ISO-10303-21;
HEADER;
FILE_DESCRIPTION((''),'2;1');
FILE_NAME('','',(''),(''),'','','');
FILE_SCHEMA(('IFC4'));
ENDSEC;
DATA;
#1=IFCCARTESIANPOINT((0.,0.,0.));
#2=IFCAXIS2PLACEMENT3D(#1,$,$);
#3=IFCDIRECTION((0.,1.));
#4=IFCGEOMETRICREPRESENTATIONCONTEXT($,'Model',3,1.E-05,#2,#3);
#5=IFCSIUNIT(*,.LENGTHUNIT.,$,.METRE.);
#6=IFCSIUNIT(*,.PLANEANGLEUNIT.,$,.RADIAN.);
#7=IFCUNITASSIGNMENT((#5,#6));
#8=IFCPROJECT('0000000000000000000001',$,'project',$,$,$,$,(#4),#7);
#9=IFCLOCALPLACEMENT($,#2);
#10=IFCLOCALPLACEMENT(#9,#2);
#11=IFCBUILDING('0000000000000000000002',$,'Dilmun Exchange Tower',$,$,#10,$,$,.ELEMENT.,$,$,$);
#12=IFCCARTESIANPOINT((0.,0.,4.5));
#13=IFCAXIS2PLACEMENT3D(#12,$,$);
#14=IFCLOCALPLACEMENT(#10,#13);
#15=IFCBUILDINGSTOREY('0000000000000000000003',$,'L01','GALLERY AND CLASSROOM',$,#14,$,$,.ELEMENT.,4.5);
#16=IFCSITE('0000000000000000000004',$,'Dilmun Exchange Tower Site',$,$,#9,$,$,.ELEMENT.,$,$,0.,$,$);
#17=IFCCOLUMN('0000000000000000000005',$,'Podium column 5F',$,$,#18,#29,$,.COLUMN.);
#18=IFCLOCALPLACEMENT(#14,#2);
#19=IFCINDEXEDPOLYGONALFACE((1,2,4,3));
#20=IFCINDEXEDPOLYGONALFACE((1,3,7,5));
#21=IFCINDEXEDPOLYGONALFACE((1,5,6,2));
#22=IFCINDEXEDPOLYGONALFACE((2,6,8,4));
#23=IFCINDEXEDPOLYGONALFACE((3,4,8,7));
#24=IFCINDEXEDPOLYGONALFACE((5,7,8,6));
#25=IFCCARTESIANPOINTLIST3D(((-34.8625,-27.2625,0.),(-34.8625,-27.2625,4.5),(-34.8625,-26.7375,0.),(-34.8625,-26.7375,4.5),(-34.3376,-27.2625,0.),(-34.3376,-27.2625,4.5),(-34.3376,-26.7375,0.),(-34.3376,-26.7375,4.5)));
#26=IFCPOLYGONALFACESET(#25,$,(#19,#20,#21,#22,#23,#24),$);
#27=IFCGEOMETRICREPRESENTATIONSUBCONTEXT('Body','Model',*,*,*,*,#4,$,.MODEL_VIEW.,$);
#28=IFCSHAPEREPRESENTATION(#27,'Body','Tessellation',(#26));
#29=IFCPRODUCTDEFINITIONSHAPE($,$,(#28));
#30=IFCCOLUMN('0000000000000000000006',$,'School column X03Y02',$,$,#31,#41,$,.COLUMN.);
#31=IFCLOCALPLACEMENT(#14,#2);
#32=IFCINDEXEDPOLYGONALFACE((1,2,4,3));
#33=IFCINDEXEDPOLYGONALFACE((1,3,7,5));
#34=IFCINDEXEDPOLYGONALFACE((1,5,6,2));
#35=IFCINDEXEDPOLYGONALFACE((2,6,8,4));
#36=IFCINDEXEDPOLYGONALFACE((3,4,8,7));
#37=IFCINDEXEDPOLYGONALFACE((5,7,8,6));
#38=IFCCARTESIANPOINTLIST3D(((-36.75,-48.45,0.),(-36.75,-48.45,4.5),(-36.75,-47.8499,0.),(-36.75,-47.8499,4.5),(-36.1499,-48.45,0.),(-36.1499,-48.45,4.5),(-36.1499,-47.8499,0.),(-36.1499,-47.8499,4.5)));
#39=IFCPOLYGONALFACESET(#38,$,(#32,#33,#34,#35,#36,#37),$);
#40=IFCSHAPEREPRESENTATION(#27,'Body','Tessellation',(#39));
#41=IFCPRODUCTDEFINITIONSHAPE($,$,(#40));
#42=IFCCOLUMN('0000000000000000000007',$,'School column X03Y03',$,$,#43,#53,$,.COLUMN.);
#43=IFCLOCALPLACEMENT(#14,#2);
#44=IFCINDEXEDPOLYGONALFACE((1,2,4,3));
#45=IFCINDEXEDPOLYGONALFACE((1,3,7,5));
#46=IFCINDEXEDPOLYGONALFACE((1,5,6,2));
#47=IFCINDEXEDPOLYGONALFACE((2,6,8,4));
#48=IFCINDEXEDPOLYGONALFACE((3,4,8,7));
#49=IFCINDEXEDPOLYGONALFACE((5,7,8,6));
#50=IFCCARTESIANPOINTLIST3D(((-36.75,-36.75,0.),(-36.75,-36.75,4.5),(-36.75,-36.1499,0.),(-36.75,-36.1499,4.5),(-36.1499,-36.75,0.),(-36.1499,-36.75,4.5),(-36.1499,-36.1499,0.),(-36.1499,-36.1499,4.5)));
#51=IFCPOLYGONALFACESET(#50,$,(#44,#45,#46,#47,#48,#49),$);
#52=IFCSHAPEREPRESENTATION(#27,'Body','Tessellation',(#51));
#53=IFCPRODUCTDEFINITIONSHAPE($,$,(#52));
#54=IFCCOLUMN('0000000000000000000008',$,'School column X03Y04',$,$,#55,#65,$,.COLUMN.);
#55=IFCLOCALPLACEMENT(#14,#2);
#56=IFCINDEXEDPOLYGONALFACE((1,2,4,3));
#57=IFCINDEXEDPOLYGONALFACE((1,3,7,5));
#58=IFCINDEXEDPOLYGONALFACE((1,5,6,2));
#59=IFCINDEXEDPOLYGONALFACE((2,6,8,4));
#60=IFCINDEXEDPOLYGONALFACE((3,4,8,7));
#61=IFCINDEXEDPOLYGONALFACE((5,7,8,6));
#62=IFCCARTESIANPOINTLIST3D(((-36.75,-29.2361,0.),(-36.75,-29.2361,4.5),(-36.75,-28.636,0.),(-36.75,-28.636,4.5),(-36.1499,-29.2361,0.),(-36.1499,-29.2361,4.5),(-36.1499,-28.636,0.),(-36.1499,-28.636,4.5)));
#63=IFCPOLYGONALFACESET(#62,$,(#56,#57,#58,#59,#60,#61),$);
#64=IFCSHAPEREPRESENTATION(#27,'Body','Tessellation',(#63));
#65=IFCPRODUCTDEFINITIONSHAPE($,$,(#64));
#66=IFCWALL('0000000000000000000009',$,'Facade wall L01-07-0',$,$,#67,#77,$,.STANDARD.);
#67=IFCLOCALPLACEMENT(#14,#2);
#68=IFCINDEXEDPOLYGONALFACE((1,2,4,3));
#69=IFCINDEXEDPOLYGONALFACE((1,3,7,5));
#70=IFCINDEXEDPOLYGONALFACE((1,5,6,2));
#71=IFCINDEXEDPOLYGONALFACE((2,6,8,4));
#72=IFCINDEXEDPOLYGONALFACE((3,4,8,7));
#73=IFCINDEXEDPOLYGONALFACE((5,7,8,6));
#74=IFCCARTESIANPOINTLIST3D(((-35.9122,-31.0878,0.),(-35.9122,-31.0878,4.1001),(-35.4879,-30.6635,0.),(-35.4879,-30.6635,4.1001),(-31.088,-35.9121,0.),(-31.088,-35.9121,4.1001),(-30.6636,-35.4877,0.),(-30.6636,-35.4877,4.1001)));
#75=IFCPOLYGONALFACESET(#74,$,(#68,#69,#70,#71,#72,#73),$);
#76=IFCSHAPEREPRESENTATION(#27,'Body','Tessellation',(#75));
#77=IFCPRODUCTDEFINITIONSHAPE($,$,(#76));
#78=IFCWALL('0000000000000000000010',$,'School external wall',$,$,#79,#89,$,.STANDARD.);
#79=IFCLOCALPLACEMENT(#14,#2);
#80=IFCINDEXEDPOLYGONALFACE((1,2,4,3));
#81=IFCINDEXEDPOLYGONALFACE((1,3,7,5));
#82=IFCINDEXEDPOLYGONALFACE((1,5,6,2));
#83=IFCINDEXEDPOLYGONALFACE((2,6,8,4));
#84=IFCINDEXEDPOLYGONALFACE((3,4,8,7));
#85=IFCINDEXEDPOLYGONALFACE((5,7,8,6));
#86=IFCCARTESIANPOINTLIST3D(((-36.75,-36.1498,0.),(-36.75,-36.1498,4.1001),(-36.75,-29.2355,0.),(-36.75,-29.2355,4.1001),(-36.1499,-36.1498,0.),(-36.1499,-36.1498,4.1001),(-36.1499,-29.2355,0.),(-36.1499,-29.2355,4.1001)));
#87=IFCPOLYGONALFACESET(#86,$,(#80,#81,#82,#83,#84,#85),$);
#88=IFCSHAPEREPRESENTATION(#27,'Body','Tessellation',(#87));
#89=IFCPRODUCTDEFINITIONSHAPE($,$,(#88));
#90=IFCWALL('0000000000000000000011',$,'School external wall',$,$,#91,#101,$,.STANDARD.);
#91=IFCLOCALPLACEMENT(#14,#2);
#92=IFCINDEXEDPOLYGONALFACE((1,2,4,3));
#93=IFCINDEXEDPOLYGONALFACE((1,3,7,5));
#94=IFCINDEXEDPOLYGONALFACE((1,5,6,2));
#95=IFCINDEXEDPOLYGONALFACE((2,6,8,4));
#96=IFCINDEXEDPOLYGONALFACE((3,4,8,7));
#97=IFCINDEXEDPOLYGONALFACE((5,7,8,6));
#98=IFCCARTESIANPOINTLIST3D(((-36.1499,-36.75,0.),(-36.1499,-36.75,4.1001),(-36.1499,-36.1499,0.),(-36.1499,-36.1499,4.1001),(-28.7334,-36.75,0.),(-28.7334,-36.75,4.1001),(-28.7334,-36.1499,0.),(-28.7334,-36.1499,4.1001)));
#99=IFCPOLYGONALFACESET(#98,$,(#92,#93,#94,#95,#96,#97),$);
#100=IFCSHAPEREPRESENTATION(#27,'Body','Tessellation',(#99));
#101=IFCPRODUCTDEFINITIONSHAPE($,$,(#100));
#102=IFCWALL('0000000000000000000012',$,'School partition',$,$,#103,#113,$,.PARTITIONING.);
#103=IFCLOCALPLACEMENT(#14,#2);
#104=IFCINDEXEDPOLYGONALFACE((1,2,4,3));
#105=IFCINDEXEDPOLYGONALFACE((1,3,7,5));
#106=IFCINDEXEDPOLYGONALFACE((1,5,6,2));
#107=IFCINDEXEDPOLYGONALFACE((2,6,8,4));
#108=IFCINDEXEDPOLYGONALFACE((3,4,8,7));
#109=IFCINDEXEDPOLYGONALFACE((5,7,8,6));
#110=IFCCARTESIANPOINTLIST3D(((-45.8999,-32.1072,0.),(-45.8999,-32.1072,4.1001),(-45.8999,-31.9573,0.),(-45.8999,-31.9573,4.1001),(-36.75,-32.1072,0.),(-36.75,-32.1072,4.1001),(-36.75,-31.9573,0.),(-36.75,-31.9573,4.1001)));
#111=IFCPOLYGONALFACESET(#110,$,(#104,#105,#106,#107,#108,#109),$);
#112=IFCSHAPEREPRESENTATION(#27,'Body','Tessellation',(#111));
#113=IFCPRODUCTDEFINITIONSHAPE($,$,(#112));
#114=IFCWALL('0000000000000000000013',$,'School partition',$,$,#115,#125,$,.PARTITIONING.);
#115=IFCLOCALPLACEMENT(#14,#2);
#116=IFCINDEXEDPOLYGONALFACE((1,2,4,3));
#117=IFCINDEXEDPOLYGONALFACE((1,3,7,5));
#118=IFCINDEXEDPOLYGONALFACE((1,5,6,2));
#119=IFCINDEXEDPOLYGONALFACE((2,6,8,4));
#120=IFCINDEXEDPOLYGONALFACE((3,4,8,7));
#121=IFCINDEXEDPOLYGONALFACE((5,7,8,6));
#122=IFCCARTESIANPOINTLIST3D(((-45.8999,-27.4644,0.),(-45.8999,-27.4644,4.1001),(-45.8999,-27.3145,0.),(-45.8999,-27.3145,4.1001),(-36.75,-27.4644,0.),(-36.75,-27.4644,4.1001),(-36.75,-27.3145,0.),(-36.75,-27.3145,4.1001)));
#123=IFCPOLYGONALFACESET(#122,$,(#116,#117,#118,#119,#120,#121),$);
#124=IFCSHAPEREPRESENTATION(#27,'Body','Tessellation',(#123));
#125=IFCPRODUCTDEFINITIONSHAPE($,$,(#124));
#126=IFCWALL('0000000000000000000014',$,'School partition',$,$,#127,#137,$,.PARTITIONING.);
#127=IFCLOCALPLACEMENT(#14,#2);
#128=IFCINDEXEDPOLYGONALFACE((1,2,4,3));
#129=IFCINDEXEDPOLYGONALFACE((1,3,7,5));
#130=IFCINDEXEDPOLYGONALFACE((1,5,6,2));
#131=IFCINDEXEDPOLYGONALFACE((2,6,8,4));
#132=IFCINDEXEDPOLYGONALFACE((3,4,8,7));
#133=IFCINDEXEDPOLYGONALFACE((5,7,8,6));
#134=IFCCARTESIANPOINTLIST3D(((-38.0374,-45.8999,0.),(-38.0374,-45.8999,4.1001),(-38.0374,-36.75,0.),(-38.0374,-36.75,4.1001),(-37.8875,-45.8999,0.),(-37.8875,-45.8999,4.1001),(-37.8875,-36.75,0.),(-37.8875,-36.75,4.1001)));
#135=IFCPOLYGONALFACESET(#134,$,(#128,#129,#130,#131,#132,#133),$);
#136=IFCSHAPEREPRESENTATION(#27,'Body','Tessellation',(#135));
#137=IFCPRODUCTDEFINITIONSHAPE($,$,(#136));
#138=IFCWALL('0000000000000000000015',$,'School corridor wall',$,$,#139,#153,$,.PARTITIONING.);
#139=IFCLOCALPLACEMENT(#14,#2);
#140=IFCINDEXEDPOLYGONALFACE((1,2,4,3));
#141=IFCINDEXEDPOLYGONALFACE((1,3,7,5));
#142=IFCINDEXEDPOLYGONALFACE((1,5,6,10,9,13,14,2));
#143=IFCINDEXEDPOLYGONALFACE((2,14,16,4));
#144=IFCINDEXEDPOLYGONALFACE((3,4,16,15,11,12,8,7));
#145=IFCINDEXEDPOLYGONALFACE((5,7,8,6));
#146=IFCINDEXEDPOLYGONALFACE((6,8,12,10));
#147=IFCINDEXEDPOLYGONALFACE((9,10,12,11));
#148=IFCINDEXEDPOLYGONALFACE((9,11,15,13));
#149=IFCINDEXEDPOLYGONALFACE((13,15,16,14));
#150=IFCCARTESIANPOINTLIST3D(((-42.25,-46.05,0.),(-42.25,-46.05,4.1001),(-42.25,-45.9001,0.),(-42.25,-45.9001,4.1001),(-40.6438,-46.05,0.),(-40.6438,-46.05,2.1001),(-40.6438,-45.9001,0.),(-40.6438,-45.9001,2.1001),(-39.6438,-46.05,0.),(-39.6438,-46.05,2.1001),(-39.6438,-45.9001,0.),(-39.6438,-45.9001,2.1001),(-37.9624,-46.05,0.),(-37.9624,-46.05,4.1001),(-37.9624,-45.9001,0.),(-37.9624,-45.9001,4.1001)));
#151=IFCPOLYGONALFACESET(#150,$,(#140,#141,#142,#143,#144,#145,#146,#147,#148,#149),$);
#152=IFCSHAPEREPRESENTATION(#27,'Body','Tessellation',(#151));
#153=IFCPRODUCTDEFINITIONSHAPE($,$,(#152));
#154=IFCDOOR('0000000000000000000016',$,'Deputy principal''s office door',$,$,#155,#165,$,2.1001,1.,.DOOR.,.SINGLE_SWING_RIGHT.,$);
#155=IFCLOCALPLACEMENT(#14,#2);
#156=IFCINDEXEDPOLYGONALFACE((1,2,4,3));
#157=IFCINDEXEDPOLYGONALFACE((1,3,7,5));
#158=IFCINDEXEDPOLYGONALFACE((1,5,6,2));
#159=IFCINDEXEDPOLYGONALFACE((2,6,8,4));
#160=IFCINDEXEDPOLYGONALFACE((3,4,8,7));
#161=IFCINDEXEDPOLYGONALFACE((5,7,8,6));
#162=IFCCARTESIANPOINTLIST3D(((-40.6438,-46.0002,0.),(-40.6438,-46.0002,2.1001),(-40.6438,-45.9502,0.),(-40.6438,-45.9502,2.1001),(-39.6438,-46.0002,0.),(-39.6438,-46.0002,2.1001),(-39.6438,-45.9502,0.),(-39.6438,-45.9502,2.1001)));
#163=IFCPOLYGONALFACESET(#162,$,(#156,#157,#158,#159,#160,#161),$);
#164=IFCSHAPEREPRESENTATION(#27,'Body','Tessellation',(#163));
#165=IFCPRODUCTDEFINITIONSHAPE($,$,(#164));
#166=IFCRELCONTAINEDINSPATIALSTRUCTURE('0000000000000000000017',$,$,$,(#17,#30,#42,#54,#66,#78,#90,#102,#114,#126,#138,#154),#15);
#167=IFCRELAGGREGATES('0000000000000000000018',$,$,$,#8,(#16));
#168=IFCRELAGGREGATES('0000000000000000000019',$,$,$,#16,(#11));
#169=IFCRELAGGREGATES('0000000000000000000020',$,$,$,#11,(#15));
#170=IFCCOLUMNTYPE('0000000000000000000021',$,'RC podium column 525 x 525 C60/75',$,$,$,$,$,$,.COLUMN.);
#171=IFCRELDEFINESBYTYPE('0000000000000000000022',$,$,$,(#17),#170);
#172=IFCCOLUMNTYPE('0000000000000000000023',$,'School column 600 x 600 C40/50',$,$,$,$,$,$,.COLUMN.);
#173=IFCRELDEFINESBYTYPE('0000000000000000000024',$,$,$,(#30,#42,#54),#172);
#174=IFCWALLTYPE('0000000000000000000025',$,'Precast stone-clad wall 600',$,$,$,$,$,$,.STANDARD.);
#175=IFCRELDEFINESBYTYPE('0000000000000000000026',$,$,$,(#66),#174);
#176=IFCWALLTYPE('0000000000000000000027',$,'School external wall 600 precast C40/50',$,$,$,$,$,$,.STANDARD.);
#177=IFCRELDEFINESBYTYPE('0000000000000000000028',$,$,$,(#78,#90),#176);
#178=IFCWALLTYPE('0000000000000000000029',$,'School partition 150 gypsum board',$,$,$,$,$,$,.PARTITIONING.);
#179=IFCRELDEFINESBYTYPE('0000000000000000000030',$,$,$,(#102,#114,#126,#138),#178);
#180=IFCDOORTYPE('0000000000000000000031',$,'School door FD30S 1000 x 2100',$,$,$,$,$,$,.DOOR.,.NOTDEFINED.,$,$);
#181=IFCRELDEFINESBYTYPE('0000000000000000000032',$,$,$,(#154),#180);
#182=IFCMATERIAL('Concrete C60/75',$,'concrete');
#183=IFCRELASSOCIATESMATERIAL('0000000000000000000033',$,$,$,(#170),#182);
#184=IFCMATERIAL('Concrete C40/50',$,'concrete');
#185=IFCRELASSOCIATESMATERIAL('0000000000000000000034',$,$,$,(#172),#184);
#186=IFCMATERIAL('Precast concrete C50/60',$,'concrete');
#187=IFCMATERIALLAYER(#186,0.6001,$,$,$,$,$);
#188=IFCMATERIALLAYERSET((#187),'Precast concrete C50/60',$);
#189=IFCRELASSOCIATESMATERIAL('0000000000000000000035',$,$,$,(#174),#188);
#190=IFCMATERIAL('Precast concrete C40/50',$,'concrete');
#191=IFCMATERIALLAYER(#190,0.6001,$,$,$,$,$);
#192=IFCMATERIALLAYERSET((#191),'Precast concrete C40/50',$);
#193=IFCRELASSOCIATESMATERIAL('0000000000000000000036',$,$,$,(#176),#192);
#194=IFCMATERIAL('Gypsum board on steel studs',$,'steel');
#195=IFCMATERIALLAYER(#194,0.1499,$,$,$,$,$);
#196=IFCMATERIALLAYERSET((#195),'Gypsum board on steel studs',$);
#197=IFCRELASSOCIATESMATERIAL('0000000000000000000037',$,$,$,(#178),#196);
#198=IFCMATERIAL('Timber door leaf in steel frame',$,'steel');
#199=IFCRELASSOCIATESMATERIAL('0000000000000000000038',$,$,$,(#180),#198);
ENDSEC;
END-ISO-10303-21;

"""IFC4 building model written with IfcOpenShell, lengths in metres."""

from ifc_helpers import new_model, si_unit, direction, frame, frame_2d, origin, origin_2d, place, context, subcontext, project, spatial, rectangle, extrude, material, layer, layer_set, material_profile, profile_set, type_object, element, fill, save


model = new_model("IFC4")

# Units and contexts
model_context = context("Model", 3, precision=1e-05, world=origin(), true_north=direction((0.0, 1.0)))
body_context = subcontext(model_context, "Body", "Model", "MODEL_VIEW")
ifc_project = project(units=[si_unit("LENGTHUNIT", "METRE"), si_unit("PLANEANGLEUNIT", "RADIAN")], contexts=[model_context])

# Site, building, storey
site_placement = place(None, origin())
site = spatial("IfcSite", under=ifc_project, at=site_placement, Name="Dilmun Exchange Tower Site", CompositionType="ELEMENT", RefElevation=0.0)
building_placement = place(site_placement, origin())
building = spatial("IfcBuilding", under=site, at=building_placement, Name="Dilmun Exchange Tower", CompositionType="ELEMENT")
storey_placement = place(building_placement, frame((0.0, 0.0, 4.5)))
storey = spatial("IfcBuildingStorey", under=building, at=storey_placement, Name="L01", Description="GALLERY AND CLASSROOM", CompositionType="ELEMENT", Elevation=4.5)

# Columns
ifc_material_1 = material(Name="Concrete C60/75", Category="concrete")
ifc_material_profile_1 = material_profile(ifc_material_1, rectangle(XDim=0.5249, YDim=0.5249, at=origin_2d()), Name="525 x 525")
ifc_profile_set_1 = profile_set([ifc_material_profile_1], Name="Concrete C60/75")
column_type_1 = type_object("IfcColumnType", Name="RC podium column 525 x 525 C60/75", PredefinedType="COLUMN", material=ifc_profile_set_1)
column_placement = place(storey_placement, frame((-34.6001, -27.0, 0.0), z_axis=(0.0, 0.0, 1.0), x_axis=(1.0, 0.0, 0.0)))
element("IfcColumn", 1, at=column_placement, inside=storey, type_object=column_type_1, Name="Podium column 5F", PredefinedType="COLUMN", context=body_context, shape_type="SweptSolid", body=[
    extrude(rectangle(XDim=0.5249, YDim=0.5249, at=origin_2d()), origin(), (0.0, 0.0, 1.0), 4.5),
])
ifc_material_2 = material(Name="Concrete C40/50", Category="concrete")
ifc_material_profile_2 = material_profile(ifc_material_2, rectangle(XDim=0.6001, YDim=0.6001, at=origin_2d()), Name="600 x 600")
ifc_profile_set_2 = profile_set([ifc_material_profile_2], Name="Concrete C40/50")
column_type_2 = type_object("IfcColumnType", Name="School column 600 x 600 C40/50", PredefinedType="COLUMN", material=ifc_profile_set_2)
for number, where, z_axis, x_axis, name in (
    (2, (-36.45, -48.1499, 0.0), (0.0, 0.0, 1.0), (1.0, 0.0, 0.0), "School column X03Y02"),
    (3, (-36.45, -36.45, 0.0), (0.0, 0.0, 1.0), (1.0, 0.0, 0.0), "School column X03Y03"),
    (4, (-36.45, -28.936, 0.0), (0.0, 0.0, 1.0), (1.0, 0.0, 0.0), "School column X03Y04"),
):
    element("IfcColumn", number, at=place(storey_placement, frame(where, z_axis=z_axis, x_axis=x_axis)), inside=storey, type_object=column_type_2, Name=name, PredefinedType="COLUMN", context=body_context, shape_type="SweptSolid", body=[
        extrude(rectangle(XDim=0.6001, YDim=0.6001, at=origin_2d()), origin(), (0.0, 0.0, 1.0), 4.5),
    ])

# Walls
ifc_material_3 = material(Name="Precast concrete C50/60", Category="concrete")
ifc_layer_1 = layer(ifc_material_3, 0.6001)
ifc_layer_set_1 = layer_set([ifc_layer_1], Name="Precast concrete C50/60")
wall_type_1 = type_object("IfcWallType", Name="Precast stone-clad wall 600", PredefinedType="STANDARD", material=ifc_layer_set_1)
wall_1_placement = place(storey_placement, frame((-35.7, -30.8757, 0.0), z_axis=(0.0, 0.0, 1.0), x_axis=(0.707107, -0.707107, 0.0)))
element("IfcWall", 5, at=wall_1_placement, inside=storey, type_object=wall_type_1, Name="Facade wall L01-07-0", PredefinedType="STANDARD", context=body_context, shape_type="SweptSolid", body=[
    extrude(rectangle(XDim=6.8225, YDim=0.6001, at=frame_2d((3.4111, 0.0))), origin(), (0.0, 0.0, 1.0), 4.1001),
])
ifc_material_4 = material(Name="Precast concrete C40/50", Category="concrete")
ifc_layer_2 = layer(ifc_material_4, 0.6001)
ifc_layer_set_2 = layer_set([ifc_layer_2], Name="Precast concrete C40/50")
wall_type_2 = type_object("IfcWallType", Name="School external wall 600 precast C40/50", PredefinedType="STANDARD", material=ifc_layer_set_2)
wall_2_placement = place(storey_placement, frame((-36.45, -29.2356, 0.0), z_axis=(0.0, 0.0, 1.0), x_axis=(0.0, -1.0, 0.0)))
element("IfcWall", 6, at=wall_2_placement, inside=storey, type_object=wall_type_2, Name="School external wall", PredefinedType="STANDARD", context=body_context, shape_type="SweptSolid", body=[
    extrude(rectangle(XDim=6.9143, YDim=0.6001, at=frame_2d((3.457, 0.0))), origin(), (0.0, 0.0, 1.0), 4.1001),
])
wall_3_placement = place(storey_placement, frame((-36.1499, -36.45, 0.0), z_axis=(0.0, 0.0, 1.0), x_axis=(1.0, 0.0, 0.0)))
element("IfcWall", 7, at=wall_3_placement, inside=storey, type_object=wall_type_2, Name="School external wall", PredefinedType="STANDARD", context=body_context, shape_type="SweptSolid", body=[
    extrude(rectangle(XDim=7.4165, YDim=0.6001, at=frame_2d((3.7083, 0.0))), origin(), (0.0, 0.0, 1.0), 4.1001),
])
ifc_material_5 = material(Name="Gypsum board on steel studs", Category="steel")
ifc_layer_3 = layer(ifc_material_5, 0.1499)
ifc_layer_set_3 = layer_set([ifc_layer_3], Name="Gypsum board on steel studs")
wall_type_3 = type_object("IfcWallType", Name="School partition 150 gypsum board", PredefinedType="PARTITIONING", material=ifc_layer_set_3)
for number, where, z_axis, x_axis, name in (
    (8, (-45.8999, -32.0322, 0.0), (0.0, 0.0, 1.0), (1.0, 0.0, 0.0), "School partition"),
    (9, (-45.8999, -27.3894, 0.0), (0.0, 0.0, 1.0), (1.0, 0.0, 0.0), "School partition"),
    (10, (-37.9624, -45.8999, 0.0), (0.0, 0.0, 1.0), (0.0, 1.0, 0.0), "School partition"),
):
    element("IfcWall", number, at=place(storey_placement, frame(where, z_axis=z_axis, x_axis=x_axis)), inside=storey, type_object=wall_type_3, Name=name, PredefinedType="PARTITIONING", context=body_context, shape_type="SweptSolid", body=[
        extrude(rectangle(XDim=9.1499, YDim=0.1499, at=frame_2d((4.575, 0.0))), origin(), (0.0, 0.0, 1.0), 4.1001),
    ])

# Wall, opening, door
wall_4_placement = place(storey_placement, frame((-42.25, -45.9751, 0.0), z_axis=(0.0, 0.0, 1.0), x_axis=(1.0, 0.0, 0.0)))
wall_4 = element("IfcWall", 11, at=wall_4_placement, inside=storey, type_object=wall_type_3, Name="School corridor wall", PredefinedType="PARTITIONING", context=body_context, shape_type="SweptSolid", body=[
    extrude(rectangle(XDim=4.2876, YDim=0.1499, at=frame_2d((2.1438, 0.0))), origin(), (0.0, 0.0, 1.0), 4.1001),
])
opening_1_placement = place(wall_4_placement, frame((1.6062, 0.0, 0.0)))
opening_1 = element("IfcOpeningElement", 12, at=opening_1_placement, cuts=wall_4, PredefinedType="OPENING", context=body_context, shape_type="SweptSolid", body=[
    extrude(rectangle(XDim=1.0, YDim=2.1001, at=frame_2d((0.5, 1.05))), frame((0.0, 0.085, 0.0), z_axis=(0.0, -1.0, 0.0), x_axis=(1.0, 0.0, 0.0)), (0.0, 0.0, 1.0), 0.1699),
])
ifc_material_6 = material(Name="Timber door leaf in steel frame", Category="steel")
door_type_1 = type_object("IfcDoorType", Name="School door FD30S 1000 x 2100", OperationType="NOTDEFINED", PredefinedType="DOOR", material=ifc_material_6)
door_1_placement = place(opening_1_placement, origin())
door_1 = element("IfcDoor", 13, at=door_1_placement, inside=storey, type_object=door_type_1, Name="Deputy principal's office door", OperationType="SINGLE_SWING_RIGHT", OverallHeight=2.1001, OverallWidth=1.0, PredefinedType="DOOR", context=body_context, shape_type="SweptSolid", body=[
    extrude(rectangle(XDim=1.0, YDim=2.1001, at=frame_2d((0.5, 1.05))), frame((0.0, 0.0249, 0.0), z_axis=(0.0, -1.0, 0.0), x_axis=(1.0, 0.0, 0.0)), (0.0, 0.0, 1.0), 0.05),
])
fill(opening_1, door_1)

save(model, "model.ifc")
